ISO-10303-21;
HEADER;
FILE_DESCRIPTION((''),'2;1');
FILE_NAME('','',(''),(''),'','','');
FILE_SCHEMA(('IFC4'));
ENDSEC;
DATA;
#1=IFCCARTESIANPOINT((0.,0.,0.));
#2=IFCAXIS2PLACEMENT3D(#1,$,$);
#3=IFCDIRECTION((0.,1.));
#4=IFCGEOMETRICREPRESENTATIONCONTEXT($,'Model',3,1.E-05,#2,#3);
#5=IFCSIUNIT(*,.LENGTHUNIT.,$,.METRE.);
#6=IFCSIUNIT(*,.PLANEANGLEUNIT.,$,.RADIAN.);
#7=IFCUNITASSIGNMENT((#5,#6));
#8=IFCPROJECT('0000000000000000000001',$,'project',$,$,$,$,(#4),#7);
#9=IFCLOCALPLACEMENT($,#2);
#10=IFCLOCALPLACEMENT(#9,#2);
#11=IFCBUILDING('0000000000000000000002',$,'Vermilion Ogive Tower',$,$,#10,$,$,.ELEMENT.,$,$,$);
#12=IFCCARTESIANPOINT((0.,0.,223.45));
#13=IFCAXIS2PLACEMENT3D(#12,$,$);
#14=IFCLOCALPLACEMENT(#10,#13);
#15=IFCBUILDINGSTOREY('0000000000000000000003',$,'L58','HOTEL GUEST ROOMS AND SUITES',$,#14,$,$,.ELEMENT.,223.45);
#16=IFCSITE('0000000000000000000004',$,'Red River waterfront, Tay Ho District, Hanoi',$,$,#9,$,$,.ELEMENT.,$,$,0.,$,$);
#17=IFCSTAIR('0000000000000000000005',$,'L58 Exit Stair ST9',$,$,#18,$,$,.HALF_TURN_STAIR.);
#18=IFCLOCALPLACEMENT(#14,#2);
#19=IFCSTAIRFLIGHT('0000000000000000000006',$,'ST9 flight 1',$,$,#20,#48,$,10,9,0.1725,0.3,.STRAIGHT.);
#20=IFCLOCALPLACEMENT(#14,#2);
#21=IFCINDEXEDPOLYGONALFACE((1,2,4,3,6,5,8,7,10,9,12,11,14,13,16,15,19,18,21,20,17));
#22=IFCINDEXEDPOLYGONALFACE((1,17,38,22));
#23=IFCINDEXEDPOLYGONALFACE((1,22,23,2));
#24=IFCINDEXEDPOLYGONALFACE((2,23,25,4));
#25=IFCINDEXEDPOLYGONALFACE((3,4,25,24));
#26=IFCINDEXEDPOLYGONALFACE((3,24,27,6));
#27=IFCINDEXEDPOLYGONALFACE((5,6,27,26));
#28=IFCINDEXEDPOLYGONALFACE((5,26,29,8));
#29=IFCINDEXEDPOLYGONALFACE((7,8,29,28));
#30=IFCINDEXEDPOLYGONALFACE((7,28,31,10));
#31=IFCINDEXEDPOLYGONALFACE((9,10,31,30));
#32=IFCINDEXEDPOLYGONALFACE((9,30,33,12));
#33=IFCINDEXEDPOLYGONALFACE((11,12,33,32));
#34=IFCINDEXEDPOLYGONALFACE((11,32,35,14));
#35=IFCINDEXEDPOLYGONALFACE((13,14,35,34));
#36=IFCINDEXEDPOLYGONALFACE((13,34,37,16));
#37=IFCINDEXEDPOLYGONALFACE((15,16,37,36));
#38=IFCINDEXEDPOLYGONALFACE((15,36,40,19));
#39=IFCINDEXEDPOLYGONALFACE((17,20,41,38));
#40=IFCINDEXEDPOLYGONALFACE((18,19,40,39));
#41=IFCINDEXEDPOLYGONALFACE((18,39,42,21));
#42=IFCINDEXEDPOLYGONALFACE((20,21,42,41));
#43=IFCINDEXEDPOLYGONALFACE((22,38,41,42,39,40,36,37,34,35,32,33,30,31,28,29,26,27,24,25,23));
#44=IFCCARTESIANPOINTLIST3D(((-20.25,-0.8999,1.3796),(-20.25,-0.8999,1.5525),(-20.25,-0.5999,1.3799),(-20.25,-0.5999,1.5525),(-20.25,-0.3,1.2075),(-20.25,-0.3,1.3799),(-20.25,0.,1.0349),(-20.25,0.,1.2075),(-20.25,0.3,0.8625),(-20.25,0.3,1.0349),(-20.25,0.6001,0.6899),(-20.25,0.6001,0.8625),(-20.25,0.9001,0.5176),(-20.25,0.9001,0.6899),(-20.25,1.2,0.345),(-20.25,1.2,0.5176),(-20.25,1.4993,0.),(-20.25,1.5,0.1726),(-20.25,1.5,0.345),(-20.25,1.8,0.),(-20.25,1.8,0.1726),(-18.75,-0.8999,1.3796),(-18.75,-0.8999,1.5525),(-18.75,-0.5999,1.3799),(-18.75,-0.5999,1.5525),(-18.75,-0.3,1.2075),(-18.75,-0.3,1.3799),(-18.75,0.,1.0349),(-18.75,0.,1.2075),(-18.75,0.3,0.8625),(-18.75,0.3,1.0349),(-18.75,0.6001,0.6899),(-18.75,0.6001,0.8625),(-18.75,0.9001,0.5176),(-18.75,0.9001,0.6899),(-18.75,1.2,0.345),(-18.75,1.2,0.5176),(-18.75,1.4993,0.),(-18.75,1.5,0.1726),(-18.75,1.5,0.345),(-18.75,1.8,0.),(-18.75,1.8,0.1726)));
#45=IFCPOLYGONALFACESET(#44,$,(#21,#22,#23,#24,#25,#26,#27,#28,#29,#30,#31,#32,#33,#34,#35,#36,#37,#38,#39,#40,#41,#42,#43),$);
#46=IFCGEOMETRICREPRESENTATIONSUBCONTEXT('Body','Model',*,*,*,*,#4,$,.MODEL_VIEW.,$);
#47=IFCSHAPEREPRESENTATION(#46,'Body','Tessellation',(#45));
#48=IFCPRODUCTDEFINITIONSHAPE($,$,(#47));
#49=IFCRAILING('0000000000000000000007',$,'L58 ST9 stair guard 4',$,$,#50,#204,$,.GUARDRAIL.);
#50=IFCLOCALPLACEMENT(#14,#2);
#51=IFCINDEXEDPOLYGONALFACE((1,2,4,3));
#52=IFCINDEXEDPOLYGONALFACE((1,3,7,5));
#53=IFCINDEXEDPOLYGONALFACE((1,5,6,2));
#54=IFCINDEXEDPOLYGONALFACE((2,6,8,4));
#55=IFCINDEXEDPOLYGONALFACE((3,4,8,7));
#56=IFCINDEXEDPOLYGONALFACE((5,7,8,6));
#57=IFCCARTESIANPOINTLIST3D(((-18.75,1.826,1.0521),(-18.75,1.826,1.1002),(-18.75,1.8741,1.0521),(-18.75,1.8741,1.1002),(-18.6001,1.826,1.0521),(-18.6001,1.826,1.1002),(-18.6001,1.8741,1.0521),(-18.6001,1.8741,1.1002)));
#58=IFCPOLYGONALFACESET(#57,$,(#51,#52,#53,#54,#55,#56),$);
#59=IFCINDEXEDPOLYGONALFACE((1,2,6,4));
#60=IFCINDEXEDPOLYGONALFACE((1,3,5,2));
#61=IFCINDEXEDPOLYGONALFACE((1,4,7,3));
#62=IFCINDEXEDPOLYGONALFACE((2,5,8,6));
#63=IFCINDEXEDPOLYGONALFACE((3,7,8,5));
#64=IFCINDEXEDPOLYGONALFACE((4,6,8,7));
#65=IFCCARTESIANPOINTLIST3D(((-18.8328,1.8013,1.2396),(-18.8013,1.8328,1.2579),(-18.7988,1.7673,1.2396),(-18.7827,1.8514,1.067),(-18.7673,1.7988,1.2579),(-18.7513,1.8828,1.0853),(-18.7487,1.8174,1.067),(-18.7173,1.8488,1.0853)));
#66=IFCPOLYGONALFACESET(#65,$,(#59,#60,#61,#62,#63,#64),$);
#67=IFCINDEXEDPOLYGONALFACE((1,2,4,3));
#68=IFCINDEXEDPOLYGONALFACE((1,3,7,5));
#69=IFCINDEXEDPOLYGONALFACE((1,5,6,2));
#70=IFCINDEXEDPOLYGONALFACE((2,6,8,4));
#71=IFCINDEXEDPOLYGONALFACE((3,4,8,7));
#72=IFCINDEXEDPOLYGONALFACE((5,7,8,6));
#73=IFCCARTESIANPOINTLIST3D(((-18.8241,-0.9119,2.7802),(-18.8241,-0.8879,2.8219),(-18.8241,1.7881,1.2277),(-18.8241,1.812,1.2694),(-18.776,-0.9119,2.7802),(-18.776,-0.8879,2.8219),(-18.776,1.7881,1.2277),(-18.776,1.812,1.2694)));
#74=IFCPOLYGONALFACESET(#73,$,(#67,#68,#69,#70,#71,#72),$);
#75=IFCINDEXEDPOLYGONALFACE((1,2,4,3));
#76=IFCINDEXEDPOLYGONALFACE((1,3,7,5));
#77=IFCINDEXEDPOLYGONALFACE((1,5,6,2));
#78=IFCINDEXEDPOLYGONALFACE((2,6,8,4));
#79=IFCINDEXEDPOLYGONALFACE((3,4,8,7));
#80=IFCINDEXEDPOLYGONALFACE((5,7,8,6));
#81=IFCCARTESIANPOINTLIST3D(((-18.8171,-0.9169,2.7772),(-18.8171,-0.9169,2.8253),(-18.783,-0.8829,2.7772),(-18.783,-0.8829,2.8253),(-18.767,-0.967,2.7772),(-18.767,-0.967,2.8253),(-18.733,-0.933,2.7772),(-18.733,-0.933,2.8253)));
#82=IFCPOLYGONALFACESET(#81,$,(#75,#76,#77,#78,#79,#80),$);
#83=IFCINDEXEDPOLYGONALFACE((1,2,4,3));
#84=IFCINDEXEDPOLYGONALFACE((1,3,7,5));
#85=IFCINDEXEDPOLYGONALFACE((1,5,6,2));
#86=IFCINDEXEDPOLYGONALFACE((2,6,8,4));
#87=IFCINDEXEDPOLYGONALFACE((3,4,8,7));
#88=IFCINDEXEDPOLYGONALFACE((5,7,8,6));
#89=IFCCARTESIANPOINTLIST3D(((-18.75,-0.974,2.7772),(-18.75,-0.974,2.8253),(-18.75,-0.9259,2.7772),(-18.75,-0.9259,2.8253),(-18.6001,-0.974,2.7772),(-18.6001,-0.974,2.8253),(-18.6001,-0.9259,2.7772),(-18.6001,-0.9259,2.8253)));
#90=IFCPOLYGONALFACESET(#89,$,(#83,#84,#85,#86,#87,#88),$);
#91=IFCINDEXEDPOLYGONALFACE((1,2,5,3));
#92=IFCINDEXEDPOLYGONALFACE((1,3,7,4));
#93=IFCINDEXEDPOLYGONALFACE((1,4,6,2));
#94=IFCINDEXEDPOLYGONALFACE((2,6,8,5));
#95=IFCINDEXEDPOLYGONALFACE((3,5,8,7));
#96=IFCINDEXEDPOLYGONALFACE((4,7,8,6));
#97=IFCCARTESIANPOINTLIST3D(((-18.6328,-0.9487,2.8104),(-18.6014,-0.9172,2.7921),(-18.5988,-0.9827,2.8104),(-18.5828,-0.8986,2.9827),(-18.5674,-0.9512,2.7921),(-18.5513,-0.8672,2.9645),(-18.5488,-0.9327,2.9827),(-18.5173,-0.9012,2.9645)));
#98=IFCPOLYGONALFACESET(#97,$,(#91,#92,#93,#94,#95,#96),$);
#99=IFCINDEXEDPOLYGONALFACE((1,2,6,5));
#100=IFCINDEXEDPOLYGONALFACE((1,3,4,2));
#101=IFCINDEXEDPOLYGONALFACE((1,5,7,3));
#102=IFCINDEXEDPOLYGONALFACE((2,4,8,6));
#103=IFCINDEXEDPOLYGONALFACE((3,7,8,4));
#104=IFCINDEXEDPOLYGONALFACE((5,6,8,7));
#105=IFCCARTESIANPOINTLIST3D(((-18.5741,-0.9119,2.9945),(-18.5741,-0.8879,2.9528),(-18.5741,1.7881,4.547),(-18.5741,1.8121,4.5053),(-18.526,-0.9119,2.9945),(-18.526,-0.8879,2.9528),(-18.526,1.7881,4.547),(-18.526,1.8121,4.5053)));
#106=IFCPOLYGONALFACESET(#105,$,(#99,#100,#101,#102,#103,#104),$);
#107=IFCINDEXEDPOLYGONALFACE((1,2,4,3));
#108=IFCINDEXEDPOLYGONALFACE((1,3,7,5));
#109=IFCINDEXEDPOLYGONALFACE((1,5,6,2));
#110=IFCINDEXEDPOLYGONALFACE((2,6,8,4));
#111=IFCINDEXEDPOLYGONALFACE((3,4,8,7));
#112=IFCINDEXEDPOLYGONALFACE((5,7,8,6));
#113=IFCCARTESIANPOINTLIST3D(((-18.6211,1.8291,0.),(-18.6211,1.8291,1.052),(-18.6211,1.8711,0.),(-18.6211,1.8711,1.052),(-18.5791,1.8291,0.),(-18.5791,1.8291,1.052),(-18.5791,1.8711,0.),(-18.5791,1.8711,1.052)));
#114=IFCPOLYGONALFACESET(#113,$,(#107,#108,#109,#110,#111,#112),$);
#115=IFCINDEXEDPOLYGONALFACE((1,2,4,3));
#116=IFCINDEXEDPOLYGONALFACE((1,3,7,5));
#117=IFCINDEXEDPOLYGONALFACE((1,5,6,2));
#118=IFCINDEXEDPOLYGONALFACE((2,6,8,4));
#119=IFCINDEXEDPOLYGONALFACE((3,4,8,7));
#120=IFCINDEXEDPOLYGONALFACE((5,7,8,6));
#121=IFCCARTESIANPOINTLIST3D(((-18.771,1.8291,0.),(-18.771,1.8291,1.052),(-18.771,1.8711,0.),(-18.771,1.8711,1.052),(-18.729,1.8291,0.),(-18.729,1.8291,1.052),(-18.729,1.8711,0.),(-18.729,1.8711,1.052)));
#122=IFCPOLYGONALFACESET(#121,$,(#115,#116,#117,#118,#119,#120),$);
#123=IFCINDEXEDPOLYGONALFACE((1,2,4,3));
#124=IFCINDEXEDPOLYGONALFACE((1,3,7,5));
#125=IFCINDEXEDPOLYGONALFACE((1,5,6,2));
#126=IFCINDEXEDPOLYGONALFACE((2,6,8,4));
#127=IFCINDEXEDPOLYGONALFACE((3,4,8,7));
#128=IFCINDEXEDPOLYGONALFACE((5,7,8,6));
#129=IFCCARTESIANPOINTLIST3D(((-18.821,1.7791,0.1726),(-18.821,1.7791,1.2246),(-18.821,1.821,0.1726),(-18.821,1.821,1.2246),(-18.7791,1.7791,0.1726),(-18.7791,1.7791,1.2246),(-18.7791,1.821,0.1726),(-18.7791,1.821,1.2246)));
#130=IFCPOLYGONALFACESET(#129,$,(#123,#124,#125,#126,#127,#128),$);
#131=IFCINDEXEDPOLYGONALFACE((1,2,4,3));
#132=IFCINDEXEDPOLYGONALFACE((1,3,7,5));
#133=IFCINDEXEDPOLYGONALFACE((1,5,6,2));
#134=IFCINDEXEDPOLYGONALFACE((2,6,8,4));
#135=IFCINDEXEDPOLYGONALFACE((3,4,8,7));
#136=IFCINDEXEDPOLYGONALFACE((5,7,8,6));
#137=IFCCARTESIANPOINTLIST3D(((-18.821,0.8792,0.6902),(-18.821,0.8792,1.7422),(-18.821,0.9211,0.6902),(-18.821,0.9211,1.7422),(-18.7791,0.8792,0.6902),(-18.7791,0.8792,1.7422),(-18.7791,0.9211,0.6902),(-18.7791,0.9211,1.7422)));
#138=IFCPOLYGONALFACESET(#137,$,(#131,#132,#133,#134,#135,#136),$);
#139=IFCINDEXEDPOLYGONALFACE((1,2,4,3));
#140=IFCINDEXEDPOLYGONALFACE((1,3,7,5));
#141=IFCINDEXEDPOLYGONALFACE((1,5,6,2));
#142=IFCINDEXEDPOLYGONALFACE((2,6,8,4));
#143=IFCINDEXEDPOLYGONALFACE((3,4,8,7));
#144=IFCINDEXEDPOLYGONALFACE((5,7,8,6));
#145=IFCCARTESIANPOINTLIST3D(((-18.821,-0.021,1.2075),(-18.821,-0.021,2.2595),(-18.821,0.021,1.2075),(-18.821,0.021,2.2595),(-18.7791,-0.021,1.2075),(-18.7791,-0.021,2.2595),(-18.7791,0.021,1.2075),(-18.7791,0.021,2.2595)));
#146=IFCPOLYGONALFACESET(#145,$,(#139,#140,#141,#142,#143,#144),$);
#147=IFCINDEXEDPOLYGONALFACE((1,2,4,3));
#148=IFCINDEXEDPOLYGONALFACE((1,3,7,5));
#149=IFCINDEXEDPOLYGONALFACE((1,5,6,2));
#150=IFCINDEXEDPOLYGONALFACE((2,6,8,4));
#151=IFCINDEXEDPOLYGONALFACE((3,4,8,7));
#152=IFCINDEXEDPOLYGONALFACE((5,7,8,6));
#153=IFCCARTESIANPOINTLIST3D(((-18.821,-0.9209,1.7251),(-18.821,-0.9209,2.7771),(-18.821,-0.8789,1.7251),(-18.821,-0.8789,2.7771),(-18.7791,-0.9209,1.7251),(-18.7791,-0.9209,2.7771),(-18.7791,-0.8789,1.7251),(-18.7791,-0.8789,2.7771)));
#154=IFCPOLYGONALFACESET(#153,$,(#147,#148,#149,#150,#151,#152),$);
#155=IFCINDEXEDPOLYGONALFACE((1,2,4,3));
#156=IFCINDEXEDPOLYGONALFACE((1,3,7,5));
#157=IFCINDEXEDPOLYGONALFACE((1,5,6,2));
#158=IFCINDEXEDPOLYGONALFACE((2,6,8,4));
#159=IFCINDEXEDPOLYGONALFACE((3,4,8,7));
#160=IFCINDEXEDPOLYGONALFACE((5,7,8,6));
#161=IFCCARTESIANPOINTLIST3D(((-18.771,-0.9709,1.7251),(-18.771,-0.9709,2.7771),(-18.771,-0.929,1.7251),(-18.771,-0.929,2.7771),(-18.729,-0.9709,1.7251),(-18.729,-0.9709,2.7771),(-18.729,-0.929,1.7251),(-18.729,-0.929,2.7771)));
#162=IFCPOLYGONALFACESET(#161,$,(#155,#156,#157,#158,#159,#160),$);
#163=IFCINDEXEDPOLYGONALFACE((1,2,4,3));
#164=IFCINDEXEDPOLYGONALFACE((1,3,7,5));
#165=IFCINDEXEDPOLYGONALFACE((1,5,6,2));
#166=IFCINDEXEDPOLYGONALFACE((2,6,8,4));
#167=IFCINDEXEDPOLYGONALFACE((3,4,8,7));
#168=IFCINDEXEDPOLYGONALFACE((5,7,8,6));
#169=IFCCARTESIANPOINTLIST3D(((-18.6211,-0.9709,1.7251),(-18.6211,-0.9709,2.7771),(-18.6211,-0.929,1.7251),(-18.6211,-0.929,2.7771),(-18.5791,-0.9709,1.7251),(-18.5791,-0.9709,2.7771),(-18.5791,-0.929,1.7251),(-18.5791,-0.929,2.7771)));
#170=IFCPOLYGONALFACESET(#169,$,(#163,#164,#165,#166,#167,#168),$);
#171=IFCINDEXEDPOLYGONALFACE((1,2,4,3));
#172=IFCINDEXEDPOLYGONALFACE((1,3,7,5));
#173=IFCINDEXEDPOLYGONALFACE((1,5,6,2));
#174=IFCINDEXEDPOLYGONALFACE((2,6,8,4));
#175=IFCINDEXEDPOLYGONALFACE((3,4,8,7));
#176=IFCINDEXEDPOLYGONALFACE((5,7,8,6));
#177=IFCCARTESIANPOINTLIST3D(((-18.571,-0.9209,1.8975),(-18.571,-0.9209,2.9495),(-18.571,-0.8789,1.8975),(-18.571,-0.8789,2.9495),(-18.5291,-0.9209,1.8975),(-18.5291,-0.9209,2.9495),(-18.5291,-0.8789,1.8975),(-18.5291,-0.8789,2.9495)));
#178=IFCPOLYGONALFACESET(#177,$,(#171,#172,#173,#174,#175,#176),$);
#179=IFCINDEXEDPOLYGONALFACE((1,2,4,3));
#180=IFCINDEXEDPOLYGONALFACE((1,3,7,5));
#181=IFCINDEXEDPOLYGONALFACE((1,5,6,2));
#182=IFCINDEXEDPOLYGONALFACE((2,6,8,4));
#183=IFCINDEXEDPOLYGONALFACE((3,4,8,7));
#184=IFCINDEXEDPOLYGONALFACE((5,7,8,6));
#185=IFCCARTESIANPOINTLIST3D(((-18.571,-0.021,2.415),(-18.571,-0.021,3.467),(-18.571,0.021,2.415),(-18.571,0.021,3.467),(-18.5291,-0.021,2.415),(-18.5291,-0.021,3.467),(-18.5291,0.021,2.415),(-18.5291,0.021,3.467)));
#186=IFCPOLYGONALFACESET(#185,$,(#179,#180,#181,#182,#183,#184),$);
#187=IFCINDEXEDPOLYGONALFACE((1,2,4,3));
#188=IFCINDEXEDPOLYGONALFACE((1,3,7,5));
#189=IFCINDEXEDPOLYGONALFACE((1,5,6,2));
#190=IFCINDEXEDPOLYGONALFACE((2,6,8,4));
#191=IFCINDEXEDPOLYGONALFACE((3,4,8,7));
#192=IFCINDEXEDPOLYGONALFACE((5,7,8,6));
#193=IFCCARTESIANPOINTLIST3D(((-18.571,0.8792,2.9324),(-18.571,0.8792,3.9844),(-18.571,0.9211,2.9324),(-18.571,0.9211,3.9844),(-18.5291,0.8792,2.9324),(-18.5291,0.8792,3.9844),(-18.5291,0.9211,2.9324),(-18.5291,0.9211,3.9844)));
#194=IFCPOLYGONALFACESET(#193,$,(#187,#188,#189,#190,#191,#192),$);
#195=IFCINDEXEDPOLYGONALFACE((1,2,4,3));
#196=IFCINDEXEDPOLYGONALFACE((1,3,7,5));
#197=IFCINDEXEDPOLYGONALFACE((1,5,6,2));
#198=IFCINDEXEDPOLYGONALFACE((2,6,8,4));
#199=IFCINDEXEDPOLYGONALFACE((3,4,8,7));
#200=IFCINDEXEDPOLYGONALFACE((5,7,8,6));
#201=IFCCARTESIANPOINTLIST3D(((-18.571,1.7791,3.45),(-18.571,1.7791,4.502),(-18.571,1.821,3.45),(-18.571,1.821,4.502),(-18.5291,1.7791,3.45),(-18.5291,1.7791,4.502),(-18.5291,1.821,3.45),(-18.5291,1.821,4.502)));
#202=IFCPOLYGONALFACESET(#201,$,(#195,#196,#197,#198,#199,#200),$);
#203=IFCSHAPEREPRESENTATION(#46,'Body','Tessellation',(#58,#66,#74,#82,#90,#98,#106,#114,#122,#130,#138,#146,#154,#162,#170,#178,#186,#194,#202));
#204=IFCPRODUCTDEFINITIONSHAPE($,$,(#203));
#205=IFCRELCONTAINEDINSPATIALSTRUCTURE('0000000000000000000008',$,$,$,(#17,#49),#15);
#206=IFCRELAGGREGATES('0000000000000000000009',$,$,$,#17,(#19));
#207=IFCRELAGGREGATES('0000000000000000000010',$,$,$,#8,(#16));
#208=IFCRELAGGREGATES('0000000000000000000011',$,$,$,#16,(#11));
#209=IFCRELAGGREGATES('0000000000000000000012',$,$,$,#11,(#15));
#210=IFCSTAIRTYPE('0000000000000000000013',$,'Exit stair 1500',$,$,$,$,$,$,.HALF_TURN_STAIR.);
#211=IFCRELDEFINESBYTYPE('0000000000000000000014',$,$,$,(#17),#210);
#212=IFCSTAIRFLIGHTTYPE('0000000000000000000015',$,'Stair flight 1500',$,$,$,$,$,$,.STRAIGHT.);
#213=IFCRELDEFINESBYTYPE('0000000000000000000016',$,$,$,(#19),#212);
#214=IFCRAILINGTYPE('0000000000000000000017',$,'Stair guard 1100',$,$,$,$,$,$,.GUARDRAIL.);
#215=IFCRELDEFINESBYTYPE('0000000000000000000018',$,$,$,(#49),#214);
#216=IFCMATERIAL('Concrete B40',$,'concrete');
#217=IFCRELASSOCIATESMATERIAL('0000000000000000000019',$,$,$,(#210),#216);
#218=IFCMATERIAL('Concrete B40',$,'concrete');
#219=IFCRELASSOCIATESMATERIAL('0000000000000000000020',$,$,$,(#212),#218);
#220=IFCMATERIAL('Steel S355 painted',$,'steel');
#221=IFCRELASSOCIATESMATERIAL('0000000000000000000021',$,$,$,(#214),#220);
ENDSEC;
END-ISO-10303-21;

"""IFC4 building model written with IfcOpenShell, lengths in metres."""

from ifc_helpers import new_model, si_unit, direction, frame, origin, origin_2d, place, context, subcontext, project, spatial, polyline, rectangle, outline, extrude, material, type_object, element, aggregate, save


model = new_model("IFC4")

# Units and contexts
model_context = context("Model", 3, precision=1e-05, world=origin(), true_north=direction((0.0, 1.0)))
body_context = subcontext(model_context, "Body", "Model", "MODEL_VIEW")
ifc_project = project(units=[si_unit("LENGTHUNIT", "METRE"), si_unit("PLANEANGLEUNIT", "RADIAN")], contexts=[model_context])

# Site, building, storey
site_placement = place(None, origin())
site = spatial("IfcSite", under=ifc_project, at=site_placement, Name="Red River waterfront, Tay Ho District, Hanoi", CompositionType="ELEMENT", RefElevation=0.0)
building_placement = place(site_placement, origin())
building = spatial("IfcBuilding", under=site, at=building_placement, Name="Vermilion Ogive Tower", CompositionType="ELEMENT")
storey_placement = place(building_placement, frame((0.0, 0.0, 223.45)))
storey = spatial("IfcBuildingStorey", under=building, at=storey_placement, Name="L58", Description="HOTEL GUEST ROOMS AND SUITES", CompositionType="ELEMENT", Elevation=223.45)

# Stair, stair flight
ifc_material_1 = material(Name="Concrete B40", Category="concrete")
stair_type = type_object("IfcStairType", Name="Exit stair 1500", PredefinedType="HALF_TURN_STAIR", material=ifc_material_1)
stair_placement = place(storey_placement, origin())
stair = element("IfcStair", 1, at=stair_placement, inside=storey, type_object=stair_type, Name="L58 Exit Stair ST9", PredefinedType="HALF_TURN_STAIR")
ifc_material_2 = material(Name="Concrete B40", Category="concrete")
stair_flight_type = type_object("IfcStairFlightType", Name="Stair flight 1500", PredefinedType="STRAIGHT", material=ifc_material_2)
stair_flight_placement = place(storey_placement, frame((-19.5, 1.8, 0.0), z_axis=(0.0, 0.0, 1.0), x_axis=(0.0, -1.0, 0.0)))
stair_flight = element("IfcStairFlight", 2, at=stair_flight_placement, type_object=stair_flight_type, Name="ST9 flight 1", NumberOfRisers=10, NumberOfTreads=9, PredefinedType="STRAIGHT", RiserHeight=0.1725, TreadLength=0.3, context=body_context, shape_type="SweptSolid", body=[
    extrude(outline(polyline([(0.0, 0.0), (0.0, 0.1726), (0.3, 0.1726), (0.3, 0.345), (0.6001, 0.345), (0.6001, 0.5176), (0.8999, 0.5176), (0.8999, 0.6899), (1.2, 0.6899), (1.2, 0.8625), (1.5, 0.8625), (1.5, 1.0349), (1.8, 1.0349), (1.8, 1.2075), (2.1001, 1.2075), (2.1001, 1.3799), (2.3999, 1.3799), (2.3999, 1.5525), (2.7, 1.5525), (2.7, 1.7251), (2.7, 1.3796), (0.3008, 0.0), (0.0, 0.0)])), frame((0.0, 0.75, 0.0), z_axis=(0.0, -1.0, 0.0), x_axis=(1.0, 0.0, 0.0)), (0.0, 0.0, 1.0), 1.5),
])
aggregate(stair, [stair_flight])

# Railing
ifc_material_3 = material(Name="Steel S355 painted", Category="steel")
railing_type_1 = type_object("IfcRailingType", Name="Stair guard 1100", PredefinedType="GUARDRAIL", material=ifc_material_3)
railing_1_placement = place(storey_placement, frame((-18.6001, 1.8501, 0.0)))
element("IfcRailing", 3, at=railing_1_placement, inside=storey, type_object=railing_type_1, Name="L58 ST9 stair guard 4", PredefinedType="GUARDRAIL", context=body_context, shape_type="SweptSolid", body=[
    extrude(rectangle(XDim=0.0481, YDim=0.0481, at=origin_2d()), frame((0.0, 0.0, 1.0762), z_axis=(-1.0, 0.0, 0.0), x_axis=(0.0, -1.0, 0.0)), (0.0, 0.0, 1.0), 0.1499),
    extrude(rectangle(XDim=0.0481, YDim=0.0481, at=origin_2d()), frame((-0.1499, 0.0, 1.0762), z_axis=(-0.268278, -0.268278, 0.925232), x_axis=(0.707107, -0.707107, 0.0)), (0.0, 0.0, 1.0), 0.1865),
    extrude(rectangle(XDim=0.0481, YDim=0.0481, at=origin_2d()), frame((-0.2, -0.05, 1.2485), z_axis=(0.0, -0.866904, 0.498476), x_axis=(1.0, 0.0, 0.0)), (0.0, 0.0, 1.0), 3.1145),
    extrude(rectangle(XDim=0.0481, YDim=0.0481, at=origin_2d()), frame((-0.2, -2.75, 2.8013), z_axis=(0.707107, -0.707107, 0.0), x_axis=(0.707107, 0.707107, 0.0)), (0.0, 0.0, 1.0), 0.0708),
    extrude(rectangle(XDim=0.0481, YDim=0.0481, at=origin_2d()), frame((-0.1499, -2.8, 2.8013), z_axis=(1.0, 0.0, 0.0), x_axis=(0.0, 1.0, 0.0)), (0.0, 0.0, 1.0), 0.1499),
    extrude(rectangle(XDim=0.0481, YDim=0.0481, at=origin_2d()), frame((0.0, -2.8, 2.8013), z_axis=(0.268603, 0.268603, 0.925043), x_axis=(-0.707107, 0.707107, 0.0)), (0.0, 0.0, 1.0), 0.1863),
    extrude(rectangle(XDim=0.0481, YDim=0.0481, at=origin_2d()), frame((0.05, -2.75, 2.9736), z_axis=(0.0, 0.866904, 0.498476), x_axis=(-1.0, 0.0, 0.0)), (0.0, 0.0, 1.0), 3.1145),
    extrude(rectangle(XDim=0.042, YDim=0.042, at=origin_2d()), origin(), (0.0, 0.0, 1.0), 1.052),
    extrude(rectangle(XDim=0.042, YDim=0.042, at=origin_2d()), frame((-0.1499, 0.0, 0.0)), (0.0, 0.0, 1.0), 1.052),
    extrude(rectangle(XDim=0.042, YDim=0.042, at=origin_2d()), frame((-0.2, -0.05, 0.1726)), (0.0, 0.0, 1.0), 1.052),
    extrude(rectangle(XDim=0.042, YDim=0.042, at=origin_2d()), frame((-0.2, -0.95, 0.6902)), (0.0, 0.0, 1.0), 1.052),
    extrude(rectangle(XDim=0.042, YDim=0.042, at=origin_2d()), frame((-0.2, -1.8501, 1.2075)), (0.0, 0.0, 1.0), 1.052),
    extrude(rectangle(XDim=0.042, YDim=0.042, at=origin_2d()), frame((-0.2, -2.75, 1.7251)), (0.0, 0.0, 1.0), 1.052),
    extrude(rectangle(XDim=0.042, YDim=0.042, at=origin_2d()), frame((-0.1499, -2.8, 1.7251)), (0.0, 0.0, 1.0), 1.052),
    extrude(rectangle(XDim=0.042, YDim=0.042, at=origin_2d()), frame((0.0, -2.8, 1.7251)), (0.0, 0.0, 1.0), 1.052),
    extrude(rectangle(XDim=0.042, YDim=0.042, at=origin_2d()), frame((0.05, -2.75, 1.8975)), (0.0, 0.0, 1.0), 1.052),
    extrude(rectangle(XDim=0.042, YDim=0.042, at=origin_2d()), frame((0.05, -1.8501, 2.415)), (0.0, 0.0, 1.0), 1.052),
    extrude(rectangle(XDim=0.042, YDim=0.042, at=origin_2d()), frame((0.05, -0.95, 2.9324)), (0.0, 0.0, 1.0), 1.052),
    extrude(rectangle(XDim=0.042, YDim=0.042, at=origin_2d()), frame((0.05, -0.05, 3.45)), (0.0, 0.0, 1.0), 1.052),
])

save(model, "model.ifc")
